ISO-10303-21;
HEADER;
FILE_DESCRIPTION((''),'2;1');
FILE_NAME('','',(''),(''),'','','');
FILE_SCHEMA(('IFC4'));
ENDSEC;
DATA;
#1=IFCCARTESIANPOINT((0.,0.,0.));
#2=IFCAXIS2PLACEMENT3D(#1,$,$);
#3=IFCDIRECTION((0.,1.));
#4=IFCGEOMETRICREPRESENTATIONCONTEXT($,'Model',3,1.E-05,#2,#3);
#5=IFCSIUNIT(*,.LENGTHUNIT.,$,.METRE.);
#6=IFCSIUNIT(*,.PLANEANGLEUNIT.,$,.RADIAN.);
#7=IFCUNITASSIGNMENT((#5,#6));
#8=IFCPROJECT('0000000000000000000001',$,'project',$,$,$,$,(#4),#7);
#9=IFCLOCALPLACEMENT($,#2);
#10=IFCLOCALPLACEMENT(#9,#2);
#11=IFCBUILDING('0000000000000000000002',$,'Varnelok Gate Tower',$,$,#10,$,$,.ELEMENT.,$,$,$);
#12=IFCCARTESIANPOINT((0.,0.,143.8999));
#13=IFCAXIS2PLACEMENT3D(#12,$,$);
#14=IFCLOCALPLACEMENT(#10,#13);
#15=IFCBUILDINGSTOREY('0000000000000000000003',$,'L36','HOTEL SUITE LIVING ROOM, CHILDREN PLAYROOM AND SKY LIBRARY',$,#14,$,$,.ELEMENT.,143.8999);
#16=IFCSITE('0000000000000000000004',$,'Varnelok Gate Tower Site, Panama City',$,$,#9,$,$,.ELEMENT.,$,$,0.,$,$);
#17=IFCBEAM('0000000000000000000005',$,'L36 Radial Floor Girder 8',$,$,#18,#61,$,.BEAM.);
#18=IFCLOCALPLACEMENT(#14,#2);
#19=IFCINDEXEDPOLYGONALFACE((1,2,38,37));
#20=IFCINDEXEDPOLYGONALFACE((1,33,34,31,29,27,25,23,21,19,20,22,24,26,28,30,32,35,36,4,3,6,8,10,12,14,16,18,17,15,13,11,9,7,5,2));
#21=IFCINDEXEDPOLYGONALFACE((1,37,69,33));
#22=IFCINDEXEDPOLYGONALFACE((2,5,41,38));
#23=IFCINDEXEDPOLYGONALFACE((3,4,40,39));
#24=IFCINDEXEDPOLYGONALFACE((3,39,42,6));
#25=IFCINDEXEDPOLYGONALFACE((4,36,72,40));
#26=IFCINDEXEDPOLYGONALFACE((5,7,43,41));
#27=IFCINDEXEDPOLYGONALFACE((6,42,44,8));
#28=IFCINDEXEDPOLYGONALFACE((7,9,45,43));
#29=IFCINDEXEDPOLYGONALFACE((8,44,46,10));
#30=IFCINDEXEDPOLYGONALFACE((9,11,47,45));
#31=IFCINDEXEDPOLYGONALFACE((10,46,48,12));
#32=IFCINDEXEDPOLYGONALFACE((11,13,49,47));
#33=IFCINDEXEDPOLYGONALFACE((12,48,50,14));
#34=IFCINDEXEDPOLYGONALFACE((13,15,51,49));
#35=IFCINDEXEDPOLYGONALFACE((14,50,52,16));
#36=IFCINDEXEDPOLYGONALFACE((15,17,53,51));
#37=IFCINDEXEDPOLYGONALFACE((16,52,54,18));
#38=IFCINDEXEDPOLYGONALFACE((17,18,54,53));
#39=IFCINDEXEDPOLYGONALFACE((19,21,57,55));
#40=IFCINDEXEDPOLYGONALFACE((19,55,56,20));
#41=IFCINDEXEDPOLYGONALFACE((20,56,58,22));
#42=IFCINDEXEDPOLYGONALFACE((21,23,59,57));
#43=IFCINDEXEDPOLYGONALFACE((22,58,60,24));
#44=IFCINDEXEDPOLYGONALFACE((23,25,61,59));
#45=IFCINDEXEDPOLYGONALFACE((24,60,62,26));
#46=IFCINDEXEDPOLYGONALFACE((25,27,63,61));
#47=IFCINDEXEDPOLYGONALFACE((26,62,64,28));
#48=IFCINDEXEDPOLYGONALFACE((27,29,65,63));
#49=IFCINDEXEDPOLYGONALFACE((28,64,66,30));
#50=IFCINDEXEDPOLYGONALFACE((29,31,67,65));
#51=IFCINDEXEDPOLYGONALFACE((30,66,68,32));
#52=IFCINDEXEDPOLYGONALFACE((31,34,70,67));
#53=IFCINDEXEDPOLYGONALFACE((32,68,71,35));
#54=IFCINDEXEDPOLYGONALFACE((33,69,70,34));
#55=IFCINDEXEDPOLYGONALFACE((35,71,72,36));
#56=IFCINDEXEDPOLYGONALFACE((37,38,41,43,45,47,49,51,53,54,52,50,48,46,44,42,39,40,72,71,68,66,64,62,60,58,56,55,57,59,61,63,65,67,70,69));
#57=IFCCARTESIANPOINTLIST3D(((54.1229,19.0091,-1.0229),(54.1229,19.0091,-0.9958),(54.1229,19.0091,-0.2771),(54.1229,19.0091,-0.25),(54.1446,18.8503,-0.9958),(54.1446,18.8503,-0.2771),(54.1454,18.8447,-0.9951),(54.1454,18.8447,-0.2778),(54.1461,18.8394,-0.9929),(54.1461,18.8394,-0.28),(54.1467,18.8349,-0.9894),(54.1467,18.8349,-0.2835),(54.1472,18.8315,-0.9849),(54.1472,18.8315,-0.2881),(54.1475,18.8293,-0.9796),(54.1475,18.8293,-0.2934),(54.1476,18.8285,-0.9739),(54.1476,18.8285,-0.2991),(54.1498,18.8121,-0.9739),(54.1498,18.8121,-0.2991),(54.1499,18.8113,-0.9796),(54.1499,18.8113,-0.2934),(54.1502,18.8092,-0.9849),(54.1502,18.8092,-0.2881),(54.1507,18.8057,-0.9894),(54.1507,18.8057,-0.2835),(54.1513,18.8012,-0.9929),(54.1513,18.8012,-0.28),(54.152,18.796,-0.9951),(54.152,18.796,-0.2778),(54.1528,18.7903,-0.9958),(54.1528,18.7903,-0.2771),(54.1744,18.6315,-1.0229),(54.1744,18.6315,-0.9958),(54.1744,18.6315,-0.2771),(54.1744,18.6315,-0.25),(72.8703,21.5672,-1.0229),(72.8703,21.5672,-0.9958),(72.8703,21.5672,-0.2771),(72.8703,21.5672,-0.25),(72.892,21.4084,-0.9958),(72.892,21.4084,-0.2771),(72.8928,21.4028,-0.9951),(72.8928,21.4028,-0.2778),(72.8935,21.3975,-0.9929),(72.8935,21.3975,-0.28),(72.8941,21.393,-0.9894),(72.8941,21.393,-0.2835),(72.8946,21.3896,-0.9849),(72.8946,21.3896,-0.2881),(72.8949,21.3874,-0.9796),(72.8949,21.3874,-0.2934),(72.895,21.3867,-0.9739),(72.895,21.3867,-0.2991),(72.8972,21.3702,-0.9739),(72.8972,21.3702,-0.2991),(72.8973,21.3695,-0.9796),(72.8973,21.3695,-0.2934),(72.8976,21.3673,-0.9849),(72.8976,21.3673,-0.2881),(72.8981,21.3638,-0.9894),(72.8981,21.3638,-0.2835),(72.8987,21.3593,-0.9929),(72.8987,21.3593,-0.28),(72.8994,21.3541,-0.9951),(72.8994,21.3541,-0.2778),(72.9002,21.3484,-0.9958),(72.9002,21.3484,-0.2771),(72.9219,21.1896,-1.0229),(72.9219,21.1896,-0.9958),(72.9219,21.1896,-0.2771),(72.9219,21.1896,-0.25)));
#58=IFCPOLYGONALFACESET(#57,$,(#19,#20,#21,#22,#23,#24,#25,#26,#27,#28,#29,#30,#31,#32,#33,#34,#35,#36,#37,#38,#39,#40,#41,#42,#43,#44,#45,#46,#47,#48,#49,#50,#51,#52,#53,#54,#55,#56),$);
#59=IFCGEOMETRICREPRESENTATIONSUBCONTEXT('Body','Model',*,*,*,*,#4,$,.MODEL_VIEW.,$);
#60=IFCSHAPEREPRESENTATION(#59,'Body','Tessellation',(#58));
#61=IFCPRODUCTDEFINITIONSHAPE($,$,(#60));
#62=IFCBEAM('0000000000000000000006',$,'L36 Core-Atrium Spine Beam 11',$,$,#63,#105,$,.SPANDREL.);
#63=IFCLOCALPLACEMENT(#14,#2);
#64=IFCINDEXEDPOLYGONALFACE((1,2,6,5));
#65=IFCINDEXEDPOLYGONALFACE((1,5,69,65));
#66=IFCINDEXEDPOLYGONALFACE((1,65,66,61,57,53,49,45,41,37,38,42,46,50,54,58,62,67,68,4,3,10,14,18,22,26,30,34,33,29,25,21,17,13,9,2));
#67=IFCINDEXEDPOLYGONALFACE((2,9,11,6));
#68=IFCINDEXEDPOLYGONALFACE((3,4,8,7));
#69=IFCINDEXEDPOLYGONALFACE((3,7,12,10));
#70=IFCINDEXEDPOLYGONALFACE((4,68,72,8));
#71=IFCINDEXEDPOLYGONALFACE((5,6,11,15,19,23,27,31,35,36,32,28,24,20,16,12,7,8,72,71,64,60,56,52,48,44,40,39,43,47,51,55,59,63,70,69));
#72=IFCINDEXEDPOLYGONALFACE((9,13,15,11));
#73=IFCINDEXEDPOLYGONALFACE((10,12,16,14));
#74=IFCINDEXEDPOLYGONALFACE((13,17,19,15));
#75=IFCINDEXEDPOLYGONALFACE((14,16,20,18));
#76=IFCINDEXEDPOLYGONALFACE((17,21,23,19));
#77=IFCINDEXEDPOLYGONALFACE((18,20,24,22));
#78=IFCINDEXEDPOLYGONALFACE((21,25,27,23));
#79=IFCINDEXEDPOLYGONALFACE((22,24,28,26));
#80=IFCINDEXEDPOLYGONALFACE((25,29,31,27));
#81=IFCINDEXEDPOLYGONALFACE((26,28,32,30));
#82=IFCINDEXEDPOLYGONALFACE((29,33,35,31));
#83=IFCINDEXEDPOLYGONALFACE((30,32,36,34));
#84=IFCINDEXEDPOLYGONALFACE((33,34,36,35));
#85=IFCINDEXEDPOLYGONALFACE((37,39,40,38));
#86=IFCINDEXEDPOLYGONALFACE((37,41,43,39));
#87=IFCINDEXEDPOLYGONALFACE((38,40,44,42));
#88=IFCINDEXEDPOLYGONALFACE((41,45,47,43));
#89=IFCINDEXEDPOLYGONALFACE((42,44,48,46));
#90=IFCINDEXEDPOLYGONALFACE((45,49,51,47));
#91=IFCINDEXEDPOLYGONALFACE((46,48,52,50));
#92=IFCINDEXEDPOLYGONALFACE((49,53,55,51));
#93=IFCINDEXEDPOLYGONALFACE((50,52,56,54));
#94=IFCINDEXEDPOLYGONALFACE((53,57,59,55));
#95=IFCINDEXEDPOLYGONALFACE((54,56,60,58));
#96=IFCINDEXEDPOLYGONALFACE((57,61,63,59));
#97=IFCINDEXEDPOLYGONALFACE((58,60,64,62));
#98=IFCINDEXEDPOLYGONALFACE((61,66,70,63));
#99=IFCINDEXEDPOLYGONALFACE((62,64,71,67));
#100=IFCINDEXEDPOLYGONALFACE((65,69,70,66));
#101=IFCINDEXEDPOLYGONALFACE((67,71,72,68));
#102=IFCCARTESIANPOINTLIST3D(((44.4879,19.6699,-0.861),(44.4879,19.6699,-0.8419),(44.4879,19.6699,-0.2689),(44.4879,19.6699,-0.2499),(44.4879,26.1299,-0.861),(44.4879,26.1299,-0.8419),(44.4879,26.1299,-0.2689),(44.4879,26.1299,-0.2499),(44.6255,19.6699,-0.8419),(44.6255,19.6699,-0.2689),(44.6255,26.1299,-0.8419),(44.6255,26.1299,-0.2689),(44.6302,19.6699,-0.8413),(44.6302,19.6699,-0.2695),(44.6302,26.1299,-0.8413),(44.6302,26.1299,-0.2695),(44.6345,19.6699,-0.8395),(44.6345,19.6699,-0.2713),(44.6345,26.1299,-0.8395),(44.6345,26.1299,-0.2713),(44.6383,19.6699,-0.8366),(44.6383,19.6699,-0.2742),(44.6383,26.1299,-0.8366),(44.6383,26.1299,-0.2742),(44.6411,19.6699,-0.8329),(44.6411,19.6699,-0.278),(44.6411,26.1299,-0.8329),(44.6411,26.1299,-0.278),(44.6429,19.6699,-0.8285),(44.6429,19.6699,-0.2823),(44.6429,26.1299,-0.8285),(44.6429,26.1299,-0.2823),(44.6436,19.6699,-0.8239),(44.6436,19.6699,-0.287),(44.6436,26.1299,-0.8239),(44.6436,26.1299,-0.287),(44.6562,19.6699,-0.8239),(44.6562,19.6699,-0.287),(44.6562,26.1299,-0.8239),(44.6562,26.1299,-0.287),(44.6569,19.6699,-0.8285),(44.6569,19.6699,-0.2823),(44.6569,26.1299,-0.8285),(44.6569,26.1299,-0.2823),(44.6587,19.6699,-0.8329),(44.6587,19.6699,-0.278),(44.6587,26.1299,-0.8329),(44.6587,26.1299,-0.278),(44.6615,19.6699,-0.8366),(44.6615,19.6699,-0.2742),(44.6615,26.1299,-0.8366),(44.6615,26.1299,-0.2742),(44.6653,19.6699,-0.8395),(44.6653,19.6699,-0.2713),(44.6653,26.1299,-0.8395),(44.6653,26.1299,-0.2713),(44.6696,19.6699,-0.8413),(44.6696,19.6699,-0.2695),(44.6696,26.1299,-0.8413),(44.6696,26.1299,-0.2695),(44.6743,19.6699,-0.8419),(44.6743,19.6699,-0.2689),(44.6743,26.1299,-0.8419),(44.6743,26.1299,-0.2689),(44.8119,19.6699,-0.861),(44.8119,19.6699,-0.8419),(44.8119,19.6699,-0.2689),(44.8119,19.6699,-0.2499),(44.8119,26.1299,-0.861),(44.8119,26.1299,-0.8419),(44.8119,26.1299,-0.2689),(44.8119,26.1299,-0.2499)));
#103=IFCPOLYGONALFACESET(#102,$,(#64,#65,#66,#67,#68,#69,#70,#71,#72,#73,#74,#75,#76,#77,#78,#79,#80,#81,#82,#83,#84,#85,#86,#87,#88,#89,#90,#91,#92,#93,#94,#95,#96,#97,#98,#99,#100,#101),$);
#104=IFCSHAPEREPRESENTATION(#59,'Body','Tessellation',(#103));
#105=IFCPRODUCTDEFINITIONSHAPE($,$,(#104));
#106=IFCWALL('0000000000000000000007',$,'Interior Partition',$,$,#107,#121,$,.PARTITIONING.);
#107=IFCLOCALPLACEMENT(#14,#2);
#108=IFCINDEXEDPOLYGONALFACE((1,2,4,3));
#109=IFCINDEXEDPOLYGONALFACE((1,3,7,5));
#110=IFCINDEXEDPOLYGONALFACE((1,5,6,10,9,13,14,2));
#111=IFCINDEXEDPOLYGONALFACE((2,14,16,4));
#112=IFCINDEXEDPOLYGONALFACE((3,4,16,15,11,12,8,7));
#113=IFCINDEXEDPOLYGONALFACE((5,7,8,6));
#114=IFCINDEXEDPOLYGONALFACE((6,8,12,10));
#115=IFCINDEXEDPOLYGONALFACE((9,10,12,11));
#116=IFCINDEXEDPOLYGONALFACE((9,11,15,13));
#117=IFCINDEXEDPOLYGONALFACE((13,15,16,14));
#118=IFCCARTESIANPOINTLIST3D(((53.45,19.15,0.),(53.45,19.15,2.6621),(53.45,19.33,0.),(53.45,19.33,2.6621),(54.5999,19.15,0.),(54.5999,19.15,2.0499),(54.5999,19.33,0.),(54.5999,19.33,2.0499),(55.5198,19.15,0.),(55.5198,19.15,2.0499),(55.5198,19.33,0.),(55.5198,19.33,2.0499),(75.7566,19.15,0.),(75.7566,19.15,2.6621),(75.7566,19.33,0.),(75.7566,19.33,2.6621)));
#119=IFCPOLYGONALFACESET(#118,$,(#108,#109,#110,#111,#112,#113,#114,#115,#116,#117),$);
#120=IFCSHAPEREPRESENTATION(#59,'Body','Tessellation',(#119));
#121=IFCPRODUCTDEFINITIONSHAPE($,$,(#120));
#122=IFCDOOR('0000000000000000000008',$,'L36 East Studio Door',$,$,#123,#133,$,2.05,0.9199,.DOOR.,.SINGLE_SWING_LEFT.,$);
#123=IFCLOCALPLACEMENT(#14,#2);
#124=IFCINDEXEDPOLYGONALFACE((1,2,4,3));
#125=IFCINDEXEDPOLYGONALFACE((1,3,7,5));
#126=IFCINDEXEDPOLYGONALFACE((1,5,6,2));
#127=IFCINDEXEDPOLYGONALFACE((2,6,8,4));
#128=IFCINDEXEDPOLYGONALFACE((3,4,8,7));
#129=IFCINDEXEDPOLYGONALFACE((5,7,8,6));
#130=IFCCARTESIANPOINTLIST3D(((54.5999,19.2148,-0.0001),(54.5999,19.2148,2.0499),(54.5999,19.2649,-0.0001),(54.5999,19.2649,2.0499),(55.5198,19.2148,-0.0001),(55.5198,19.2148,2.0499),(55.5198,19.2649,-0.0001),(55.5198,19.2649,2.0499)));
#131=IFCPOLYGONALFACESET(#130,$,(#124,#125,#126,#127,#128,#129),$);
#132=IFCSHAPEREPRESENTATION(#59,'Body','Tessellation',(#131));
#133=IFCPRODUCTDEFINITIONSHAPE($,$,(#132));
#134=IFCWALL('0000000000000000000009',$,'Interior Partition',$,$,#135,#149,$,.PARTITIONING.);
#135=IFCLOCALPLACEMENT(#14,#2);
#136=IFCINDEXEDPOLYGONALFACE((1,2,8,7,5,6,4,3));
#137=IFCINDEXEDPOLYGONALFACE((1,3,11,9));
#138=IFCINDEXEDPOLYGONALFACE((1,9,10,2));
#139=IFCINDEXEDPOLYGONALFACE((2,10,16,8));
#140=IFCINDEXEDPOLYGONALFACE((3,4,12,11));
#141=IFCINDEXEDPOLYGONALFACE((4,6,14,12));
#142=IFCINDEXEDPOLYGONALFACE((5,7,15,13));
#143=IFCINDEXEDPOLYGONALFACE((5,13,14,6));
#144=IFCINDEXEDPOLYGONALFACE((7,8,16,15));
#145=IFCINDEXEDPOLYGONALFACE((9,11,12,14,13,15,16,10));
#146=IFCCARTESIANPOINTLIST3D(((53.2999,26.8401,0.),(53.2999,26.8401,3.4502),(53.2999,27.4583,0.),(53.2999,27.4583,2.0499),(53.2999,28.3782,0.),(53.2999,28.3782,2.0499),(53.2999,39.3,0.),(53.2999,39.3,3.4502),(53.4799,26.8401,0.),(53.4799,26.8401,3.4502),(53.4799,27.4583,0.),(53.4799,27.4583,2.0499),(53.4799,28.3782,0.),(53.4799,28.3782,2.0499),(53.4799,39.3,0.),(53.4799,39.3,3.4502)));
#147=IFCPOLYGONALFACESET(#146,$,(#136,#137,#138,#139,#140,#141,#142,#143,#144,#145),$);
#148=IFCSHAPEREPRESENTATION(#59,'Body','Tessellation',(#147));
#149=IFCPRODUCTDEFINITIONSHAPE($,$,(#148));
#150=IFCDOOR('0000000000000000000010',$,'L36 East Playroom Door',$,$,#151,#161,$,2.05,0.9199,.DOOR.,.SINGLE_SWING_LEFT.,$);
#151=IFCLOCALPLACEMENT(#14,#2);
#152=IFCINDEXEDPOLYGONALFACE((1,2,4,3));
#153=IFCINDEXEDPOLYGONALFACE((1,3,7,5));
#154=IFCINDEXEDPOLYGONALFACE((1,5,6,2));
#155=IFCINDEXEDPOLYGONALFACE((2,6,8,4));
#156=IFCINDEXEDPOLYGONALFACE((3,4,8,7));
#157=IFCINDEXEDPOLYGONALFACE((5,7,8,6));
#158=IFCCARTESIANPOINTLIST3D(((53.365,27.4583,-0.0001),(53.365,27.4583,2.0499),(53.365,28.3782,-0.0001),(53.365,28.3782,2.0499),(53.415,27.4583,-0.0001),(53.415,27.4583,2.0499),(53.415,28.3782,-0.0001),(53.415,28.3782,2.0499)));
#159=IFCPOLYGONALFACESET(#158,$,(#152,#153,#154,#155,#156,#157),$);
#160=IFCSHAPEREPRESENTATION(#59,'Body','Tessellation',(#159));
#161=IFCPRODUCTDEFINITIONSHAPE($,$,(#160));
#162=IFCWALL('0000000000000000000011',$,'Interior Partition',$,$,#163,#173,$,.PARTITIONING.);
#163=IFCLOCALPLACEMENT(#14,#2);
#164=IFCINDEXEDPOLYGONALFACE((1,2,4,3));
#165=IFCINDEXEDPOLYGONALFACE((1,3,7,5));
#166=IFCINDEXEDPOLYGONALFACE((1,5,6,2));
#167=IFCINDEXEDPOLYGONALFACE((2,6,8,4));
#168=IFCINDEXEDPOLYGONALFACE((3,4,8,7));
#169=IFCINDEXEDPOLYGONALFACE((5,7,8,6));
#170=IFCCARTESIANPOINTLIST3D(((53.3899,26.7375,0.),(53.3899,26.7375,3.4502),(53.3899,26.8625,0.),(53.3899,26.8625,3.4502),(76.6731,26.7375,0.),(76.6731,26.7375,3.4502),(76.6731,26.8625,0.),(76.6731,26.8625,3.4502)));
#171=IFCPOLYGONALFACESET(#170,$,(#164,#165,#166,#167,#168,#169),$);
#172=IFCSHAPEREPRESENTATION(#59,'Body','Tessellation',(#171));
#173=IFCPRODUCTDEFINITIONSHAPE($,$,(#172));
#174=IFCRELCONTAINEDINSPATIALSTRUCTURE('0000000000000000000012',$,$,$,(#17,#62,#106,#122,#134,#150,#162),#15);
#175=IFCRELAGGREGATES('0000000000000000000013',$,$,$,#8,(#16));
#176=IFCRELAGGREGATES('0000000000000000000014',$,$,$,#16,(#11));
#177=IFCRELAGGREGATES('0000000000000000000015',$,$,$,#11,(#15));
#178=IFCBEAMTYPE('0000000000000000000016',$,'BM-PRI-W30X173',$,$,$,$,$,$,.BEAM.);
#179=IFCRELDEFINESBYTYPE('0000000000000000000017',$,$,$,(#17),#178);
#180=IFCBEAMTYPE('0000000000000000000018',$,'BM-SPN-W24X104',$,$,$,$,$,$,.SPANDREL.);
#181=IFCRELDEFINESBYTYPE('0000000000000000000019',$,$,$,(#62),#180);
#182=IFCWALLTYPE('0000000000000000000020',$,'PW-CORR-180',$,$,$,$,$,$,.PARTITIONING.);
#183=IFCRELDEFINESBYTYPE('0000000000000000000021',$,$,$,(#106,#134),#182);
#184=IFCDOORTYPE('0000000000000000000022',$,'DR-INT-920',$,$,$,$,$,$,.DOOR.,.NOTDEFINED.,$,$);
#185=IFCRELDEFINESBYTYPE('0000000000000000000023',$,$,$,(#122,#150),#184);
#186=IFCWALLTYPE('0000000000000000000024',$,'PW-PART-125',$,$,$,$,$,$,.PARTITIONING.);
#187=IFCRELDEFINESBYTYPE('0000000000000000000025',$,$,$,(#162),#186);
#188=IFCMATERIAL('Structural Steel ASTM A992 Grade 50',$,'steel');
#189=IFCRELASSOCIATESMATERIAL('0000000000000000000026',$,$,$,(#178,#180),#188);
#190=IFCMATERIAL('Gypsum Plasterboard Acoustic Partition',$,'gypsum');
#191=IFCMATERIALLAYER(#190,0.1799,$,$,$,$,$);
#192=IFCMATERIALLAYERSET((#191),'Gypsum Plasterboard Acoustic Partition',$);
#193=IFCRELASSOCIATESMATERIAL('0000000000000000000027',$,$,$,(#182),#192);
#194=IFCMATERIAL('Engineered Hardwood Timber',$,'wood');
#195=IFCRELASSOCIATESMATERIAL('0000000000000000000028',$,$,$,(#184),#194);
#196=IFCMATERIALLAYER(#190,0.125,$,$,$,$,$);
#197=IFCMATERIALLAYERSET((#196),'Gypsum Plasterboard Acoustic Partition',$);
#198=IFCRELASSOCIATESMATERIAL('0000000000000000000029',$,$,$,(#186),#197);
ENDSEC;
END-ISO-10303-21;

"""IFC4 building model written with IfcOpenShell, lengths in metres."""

from ifc_helpers import new_model, si_unit, direction, frame, frame_2d, origin, origin_2d, place, context, subcontext, project, spatial, rectangle, i_section, extrude, material, layer, layer_set, material_profile, profile_set, type_object, element, fill, save


model = new_model("IFC4")

# Units and contexts
model_context = context("Model", 3, precision=1e-05, world=origin(), true_north=direction((0.0, 1.0)))
body_context = subcontext(model_context, "Body", "Model", "MODEL_VIEW")
ifc_project = project(units=[si_unit("LENGTHUNIT", "METRE"), si_unit("PLANEANGLEUNIT", "RADIAN")], contexts=[model_context])

# Site, building, storey
site_placement = place(None, origin())
site = spatial("IfcSite", under=ifc_project, at=site_placement, Name="Varnelok Gate Tower Site, Panama City", CompositionType="ELEMENT", RefElevation=0.0)
building_placement = place(site_placement, origin())
building = spatial("IfcBuilding", under=site, at=building_placement, Name="Varnelok Gate Tower", CompositionType="ELEMENT")
storey_placement = place(building_placement, frame((0.0, 0.0, 143.8999)))
storey = spatial("IfcBuildingStorey", under=building, at=storey_placement, Name="L36", Description="HOTEL SUITE LIVING ROOM, CHILDREN PLAYROOM AND SKY LIBRARY", CompositionType="ELEMENT", Elevation=143.8999)

# Shared definitions
ifc_material_1 = material(Name="Structural Steel ASTM A992 Grade 50", Category="steel")

# Beams
ifc_material_profile_1 = material_profile(ifc_material_1, i_section(OverallWidth=0.3811, OverallDepth=0.7729, WebThickness=0.0166, FlangeThickness=0.0271, FilletRadius=0.022, at=origin_2d()), Name="W30X173")
ifc_profile_set_1 = profile_set([ifc_material_profile_1], Name="Structural Steel ASTM A992 Grade 50")
beam_type_1 = type_object("IfcBeamType", Name="BM-PRI-W30X173", PredefinedType="BEAM", material=ifc_profile_set_1)
beam_1_placement = place(storey_placement, frame((54.1487, 18.8203, -0.6365), z_axis=(0.990818, 0.135199, 0.0), x_axis=(-0.135199, 0.990818, 0.0)))
element("IfcBeam", 1, at=beam_1_placement, inside=storey, type_object=beam_type_1, Name="L36 Radial Floor Girder 8", PredefinedType="BEAM", context=body_context, shape_type="SweptSolid", body=[
    extrude(i_section(OverallWidth=0.3811, OverallDepth=0.7729, WebThickness=0.0166, FlangeThickness=0.0271, FilletRadius=0.022, at=origin_2d()), origin(), (0.0, 0.0, 1.0), 18.9211),
])
ifc_material_profile_2 = material_profile(ifc_material_1, i_section(OverallWidth=0.324, OverallDepth=0.6111, WebThickness=0.0127, FlangeThickness=0.019, FilletRadius=0.0181, at=origin_2d()), Name="W24X104")
ifc_profile_set_2 = profile_set([ifc_material_profile_2], Name="Structural Steel ASTM A992 Grade 50")
beam_type_2 = type_object("IfcBeamType", Name="BM-SPN-W24X104", PredefinedType="SPANDREL", material=ifc_profile_set_2)
beam_2_placement = place(storey_placement, frame((44.6499, 19.6699, -0.5554), z_axis=(0.0, 1.0, 0.0), x_axis=(-1.0, 0.0, 0.0)))
element("IfcBeam", 2, at=beam_2_placement, inside=storey, type_object=beam_type_2, Name="L36 Core-Atrium Spine Beam 11", PredefinedType="SPANDREL", context=body_context, shape_type="SweptSolid", body=[
    extrude(i_section(OverallWidth=0.324, OverallDepth=0.6111, WebThickness=0.0127, FlangeThickness=0.019, FilletRadius=0.0181, at=origin_2d()), origin(), (0.0, 0.0, 1.0), 6.46),
])

# Walls, openings, doors
ifc_material_2 = material(Name="Gypsum Plasterboard Acoustic Partition", Category="gypsum")
ifc_layer_1 = layer(ifc_material_2, 0.1799)
ifc_layer_set_1 = layer_set([ifc_layer_1], Name="Gypsum Plasterboard Acoustic Partition")
wall_type_1 = type_object("IfcWallType", Name="PW-CORR-180", PredefinedType="PARTITIONING", material=ifc_layer_set_1)
wall_1_placement = place(storey_placement, frame((53.45, 19.24, 0.0), z_axis=(0.0, 0.0, 1.0), x_axis=(1.0, 0.0, 0.0)))
wall_1 = element("IfcWall", 3, at=wall_1_placement, inside=storey, type_object=wall_type_1, Name="Interior Partition", PredefinedType="PARTITIONING", context=body_context, shape_type="SweptSolid", body=[
    extrude(rectangle(XDim=22.3066, YDim=0.1799, at=frame_2d((11.1533, 0.0))), origin(), (0.0, 0.0, 1.0), 2.6621),
])
opening_1_placement = place(wall_1_placement, frame((1.1499, 0.0, 0.0)))
opening_1 = element("IfcOpeningElement", 4, at=opening_1_placement, cuts=wall_1, PredefinedType="OPENING", context=body_context, shape_type="SweptSolid", body=[
    extrude(rectangle(XDim=0.9199, YDim=2.05, at=frame_2d((0.46, 1.0249))), frame((0.0, 0.0999, 0.0), z_axis=(0.0, -1.0, 0.0), x_axis=(1.0, 0.0, 0.0)), (0.0, 0.0, 1.0), 0.2),
])
ifc_material_3 = material(Name="Engineered Hardwood Timber", Category="wood")
door_type = type_object("IfcDoorType", Name="DR-INT-920", OperationType="NOTDEFINED", PredefinedType="DOOR", material=ifc_material_3)
door_1_placement = place(opening_1_placement, origin())
door_1 = element("IfcDoor", 5, at=door_1_placement, inside=storey, type_object=door_type, Name="L36 East Studio Door", OperationType="SINGLE_SWING_LEFT", OverallHeight=2.05, OverallWidth=0.9199, PredefinedType="DOOR", context=body_context, shape_type="SweptSolid", body=[
    extrude(rectangle(XDim=0.9199, YDim=2.05, at=frame_2d((0.46, 1.0249))), frame((0.0, 0.0249, 0.0), z_axis=(0.0, -1.0, 0.0), x_axis=(1.0, 0.0, 0.0)), (0.0, 0.0, 1.0), 0.05),
])
fill(opening_1, door_1)
wall_2_placement = place(storey_placement, frame((53.3899, 26.8401, 0.0), z_axis=(0.0, 0.0, 1.0), x_axis=(0.0, 1.0, 0.0)))
wall_2 = element("IfcWall", 6, at=wall_2_placement, inside=storey, type_object=wall_type_1, Name="Interior Partition", PredefinedType="PARTITIONING", context=body_context, shape_type="SweptSolid", body=[
    extrude(rectangle(XDim=12.46, YDim=0.1799, at=frame_2d((6.23, 0.0))), origin(), (0.0, 0.0, 1.0), 3.4502),
])
opening_2_placement = place(wall_2_placement, frame((0.6182, 0.0, 0.0)))
opening_2 = element("IfcOpeningElement", 7, at=opening_2_placement, cuts=wall_2, PredefinedType="OPENING", context=body_context, shape_type="SweptSolid", body=[
    extrude(rectangle(XDim=0.9199, YDim=2.05, at=frame_2d((0.46, 1.0249))), frame((0.0, 0.0999, 0.0), z_axis=(0.0, -1.0, 0.0), x_axis=(1.0, 0.0, 0.0)), (0.0, 0.0, 1.0), 0.2),
])
door_2_placement = place(opening_2_placement, origin())
door_2 = element("IfcDoor", 8, at=door_2_placement, inside=storey, type_object=door_type, Name="L36 East Playroom Door", OperationType="SINGLE_SWING_LEFT", OverallHeight=2.05, OverallWidth=0.9199, PredefinedType="DOOR", context=body_context, shape_type="SweptSolid", body=[
    extrude(rectangle(XDim=0.9199, YDim=2.05, at=frame_2d((0.46, 1.0249))), frame((0.0, 0.0249, 0.0), z_axis=(0.0, -1.0, 0.0), x_axis=(1.0, 0.0, 0.0)), (0.0, 0.0, 1.0), 0.05),
])
fill(opening_2, door_2)

# Wall
ifc_layer_2 = layer(ifc_material_2, 0.125)
ifc_layer_set_2 = layer_set([ifc_layer_2], Name="Gypsum Plasterboard Acoustic Partition")
wall_type_2 = type_object("IfcWallType", Name="PW-PART-125", PredefinedType="PARTITIONING", material=ifc_layer_set_2)
wall_3_placement = place(storey_placement, frame((53.3899, 26.8, 0.0), z_axis=(0.0, 0.0, 1.0), x_axis=(1.0, 0.0, 0.0)))
element("IfcWall", 9, at=wall_3_placement, inside=storey, type_object=wall_type_2, Name="Interior Partition", PredefinedType="PARTITIONING", context=body_context, shape_type="SweptSolid", body=[
    extrude(rectangle(XDim=23.2832, YDim=0.125, at=frame_2d((11.6416, 0.0))), origin(), (0.0, 0.0, 1.0), 3.4502),
])

save(model, "model.ifc")
